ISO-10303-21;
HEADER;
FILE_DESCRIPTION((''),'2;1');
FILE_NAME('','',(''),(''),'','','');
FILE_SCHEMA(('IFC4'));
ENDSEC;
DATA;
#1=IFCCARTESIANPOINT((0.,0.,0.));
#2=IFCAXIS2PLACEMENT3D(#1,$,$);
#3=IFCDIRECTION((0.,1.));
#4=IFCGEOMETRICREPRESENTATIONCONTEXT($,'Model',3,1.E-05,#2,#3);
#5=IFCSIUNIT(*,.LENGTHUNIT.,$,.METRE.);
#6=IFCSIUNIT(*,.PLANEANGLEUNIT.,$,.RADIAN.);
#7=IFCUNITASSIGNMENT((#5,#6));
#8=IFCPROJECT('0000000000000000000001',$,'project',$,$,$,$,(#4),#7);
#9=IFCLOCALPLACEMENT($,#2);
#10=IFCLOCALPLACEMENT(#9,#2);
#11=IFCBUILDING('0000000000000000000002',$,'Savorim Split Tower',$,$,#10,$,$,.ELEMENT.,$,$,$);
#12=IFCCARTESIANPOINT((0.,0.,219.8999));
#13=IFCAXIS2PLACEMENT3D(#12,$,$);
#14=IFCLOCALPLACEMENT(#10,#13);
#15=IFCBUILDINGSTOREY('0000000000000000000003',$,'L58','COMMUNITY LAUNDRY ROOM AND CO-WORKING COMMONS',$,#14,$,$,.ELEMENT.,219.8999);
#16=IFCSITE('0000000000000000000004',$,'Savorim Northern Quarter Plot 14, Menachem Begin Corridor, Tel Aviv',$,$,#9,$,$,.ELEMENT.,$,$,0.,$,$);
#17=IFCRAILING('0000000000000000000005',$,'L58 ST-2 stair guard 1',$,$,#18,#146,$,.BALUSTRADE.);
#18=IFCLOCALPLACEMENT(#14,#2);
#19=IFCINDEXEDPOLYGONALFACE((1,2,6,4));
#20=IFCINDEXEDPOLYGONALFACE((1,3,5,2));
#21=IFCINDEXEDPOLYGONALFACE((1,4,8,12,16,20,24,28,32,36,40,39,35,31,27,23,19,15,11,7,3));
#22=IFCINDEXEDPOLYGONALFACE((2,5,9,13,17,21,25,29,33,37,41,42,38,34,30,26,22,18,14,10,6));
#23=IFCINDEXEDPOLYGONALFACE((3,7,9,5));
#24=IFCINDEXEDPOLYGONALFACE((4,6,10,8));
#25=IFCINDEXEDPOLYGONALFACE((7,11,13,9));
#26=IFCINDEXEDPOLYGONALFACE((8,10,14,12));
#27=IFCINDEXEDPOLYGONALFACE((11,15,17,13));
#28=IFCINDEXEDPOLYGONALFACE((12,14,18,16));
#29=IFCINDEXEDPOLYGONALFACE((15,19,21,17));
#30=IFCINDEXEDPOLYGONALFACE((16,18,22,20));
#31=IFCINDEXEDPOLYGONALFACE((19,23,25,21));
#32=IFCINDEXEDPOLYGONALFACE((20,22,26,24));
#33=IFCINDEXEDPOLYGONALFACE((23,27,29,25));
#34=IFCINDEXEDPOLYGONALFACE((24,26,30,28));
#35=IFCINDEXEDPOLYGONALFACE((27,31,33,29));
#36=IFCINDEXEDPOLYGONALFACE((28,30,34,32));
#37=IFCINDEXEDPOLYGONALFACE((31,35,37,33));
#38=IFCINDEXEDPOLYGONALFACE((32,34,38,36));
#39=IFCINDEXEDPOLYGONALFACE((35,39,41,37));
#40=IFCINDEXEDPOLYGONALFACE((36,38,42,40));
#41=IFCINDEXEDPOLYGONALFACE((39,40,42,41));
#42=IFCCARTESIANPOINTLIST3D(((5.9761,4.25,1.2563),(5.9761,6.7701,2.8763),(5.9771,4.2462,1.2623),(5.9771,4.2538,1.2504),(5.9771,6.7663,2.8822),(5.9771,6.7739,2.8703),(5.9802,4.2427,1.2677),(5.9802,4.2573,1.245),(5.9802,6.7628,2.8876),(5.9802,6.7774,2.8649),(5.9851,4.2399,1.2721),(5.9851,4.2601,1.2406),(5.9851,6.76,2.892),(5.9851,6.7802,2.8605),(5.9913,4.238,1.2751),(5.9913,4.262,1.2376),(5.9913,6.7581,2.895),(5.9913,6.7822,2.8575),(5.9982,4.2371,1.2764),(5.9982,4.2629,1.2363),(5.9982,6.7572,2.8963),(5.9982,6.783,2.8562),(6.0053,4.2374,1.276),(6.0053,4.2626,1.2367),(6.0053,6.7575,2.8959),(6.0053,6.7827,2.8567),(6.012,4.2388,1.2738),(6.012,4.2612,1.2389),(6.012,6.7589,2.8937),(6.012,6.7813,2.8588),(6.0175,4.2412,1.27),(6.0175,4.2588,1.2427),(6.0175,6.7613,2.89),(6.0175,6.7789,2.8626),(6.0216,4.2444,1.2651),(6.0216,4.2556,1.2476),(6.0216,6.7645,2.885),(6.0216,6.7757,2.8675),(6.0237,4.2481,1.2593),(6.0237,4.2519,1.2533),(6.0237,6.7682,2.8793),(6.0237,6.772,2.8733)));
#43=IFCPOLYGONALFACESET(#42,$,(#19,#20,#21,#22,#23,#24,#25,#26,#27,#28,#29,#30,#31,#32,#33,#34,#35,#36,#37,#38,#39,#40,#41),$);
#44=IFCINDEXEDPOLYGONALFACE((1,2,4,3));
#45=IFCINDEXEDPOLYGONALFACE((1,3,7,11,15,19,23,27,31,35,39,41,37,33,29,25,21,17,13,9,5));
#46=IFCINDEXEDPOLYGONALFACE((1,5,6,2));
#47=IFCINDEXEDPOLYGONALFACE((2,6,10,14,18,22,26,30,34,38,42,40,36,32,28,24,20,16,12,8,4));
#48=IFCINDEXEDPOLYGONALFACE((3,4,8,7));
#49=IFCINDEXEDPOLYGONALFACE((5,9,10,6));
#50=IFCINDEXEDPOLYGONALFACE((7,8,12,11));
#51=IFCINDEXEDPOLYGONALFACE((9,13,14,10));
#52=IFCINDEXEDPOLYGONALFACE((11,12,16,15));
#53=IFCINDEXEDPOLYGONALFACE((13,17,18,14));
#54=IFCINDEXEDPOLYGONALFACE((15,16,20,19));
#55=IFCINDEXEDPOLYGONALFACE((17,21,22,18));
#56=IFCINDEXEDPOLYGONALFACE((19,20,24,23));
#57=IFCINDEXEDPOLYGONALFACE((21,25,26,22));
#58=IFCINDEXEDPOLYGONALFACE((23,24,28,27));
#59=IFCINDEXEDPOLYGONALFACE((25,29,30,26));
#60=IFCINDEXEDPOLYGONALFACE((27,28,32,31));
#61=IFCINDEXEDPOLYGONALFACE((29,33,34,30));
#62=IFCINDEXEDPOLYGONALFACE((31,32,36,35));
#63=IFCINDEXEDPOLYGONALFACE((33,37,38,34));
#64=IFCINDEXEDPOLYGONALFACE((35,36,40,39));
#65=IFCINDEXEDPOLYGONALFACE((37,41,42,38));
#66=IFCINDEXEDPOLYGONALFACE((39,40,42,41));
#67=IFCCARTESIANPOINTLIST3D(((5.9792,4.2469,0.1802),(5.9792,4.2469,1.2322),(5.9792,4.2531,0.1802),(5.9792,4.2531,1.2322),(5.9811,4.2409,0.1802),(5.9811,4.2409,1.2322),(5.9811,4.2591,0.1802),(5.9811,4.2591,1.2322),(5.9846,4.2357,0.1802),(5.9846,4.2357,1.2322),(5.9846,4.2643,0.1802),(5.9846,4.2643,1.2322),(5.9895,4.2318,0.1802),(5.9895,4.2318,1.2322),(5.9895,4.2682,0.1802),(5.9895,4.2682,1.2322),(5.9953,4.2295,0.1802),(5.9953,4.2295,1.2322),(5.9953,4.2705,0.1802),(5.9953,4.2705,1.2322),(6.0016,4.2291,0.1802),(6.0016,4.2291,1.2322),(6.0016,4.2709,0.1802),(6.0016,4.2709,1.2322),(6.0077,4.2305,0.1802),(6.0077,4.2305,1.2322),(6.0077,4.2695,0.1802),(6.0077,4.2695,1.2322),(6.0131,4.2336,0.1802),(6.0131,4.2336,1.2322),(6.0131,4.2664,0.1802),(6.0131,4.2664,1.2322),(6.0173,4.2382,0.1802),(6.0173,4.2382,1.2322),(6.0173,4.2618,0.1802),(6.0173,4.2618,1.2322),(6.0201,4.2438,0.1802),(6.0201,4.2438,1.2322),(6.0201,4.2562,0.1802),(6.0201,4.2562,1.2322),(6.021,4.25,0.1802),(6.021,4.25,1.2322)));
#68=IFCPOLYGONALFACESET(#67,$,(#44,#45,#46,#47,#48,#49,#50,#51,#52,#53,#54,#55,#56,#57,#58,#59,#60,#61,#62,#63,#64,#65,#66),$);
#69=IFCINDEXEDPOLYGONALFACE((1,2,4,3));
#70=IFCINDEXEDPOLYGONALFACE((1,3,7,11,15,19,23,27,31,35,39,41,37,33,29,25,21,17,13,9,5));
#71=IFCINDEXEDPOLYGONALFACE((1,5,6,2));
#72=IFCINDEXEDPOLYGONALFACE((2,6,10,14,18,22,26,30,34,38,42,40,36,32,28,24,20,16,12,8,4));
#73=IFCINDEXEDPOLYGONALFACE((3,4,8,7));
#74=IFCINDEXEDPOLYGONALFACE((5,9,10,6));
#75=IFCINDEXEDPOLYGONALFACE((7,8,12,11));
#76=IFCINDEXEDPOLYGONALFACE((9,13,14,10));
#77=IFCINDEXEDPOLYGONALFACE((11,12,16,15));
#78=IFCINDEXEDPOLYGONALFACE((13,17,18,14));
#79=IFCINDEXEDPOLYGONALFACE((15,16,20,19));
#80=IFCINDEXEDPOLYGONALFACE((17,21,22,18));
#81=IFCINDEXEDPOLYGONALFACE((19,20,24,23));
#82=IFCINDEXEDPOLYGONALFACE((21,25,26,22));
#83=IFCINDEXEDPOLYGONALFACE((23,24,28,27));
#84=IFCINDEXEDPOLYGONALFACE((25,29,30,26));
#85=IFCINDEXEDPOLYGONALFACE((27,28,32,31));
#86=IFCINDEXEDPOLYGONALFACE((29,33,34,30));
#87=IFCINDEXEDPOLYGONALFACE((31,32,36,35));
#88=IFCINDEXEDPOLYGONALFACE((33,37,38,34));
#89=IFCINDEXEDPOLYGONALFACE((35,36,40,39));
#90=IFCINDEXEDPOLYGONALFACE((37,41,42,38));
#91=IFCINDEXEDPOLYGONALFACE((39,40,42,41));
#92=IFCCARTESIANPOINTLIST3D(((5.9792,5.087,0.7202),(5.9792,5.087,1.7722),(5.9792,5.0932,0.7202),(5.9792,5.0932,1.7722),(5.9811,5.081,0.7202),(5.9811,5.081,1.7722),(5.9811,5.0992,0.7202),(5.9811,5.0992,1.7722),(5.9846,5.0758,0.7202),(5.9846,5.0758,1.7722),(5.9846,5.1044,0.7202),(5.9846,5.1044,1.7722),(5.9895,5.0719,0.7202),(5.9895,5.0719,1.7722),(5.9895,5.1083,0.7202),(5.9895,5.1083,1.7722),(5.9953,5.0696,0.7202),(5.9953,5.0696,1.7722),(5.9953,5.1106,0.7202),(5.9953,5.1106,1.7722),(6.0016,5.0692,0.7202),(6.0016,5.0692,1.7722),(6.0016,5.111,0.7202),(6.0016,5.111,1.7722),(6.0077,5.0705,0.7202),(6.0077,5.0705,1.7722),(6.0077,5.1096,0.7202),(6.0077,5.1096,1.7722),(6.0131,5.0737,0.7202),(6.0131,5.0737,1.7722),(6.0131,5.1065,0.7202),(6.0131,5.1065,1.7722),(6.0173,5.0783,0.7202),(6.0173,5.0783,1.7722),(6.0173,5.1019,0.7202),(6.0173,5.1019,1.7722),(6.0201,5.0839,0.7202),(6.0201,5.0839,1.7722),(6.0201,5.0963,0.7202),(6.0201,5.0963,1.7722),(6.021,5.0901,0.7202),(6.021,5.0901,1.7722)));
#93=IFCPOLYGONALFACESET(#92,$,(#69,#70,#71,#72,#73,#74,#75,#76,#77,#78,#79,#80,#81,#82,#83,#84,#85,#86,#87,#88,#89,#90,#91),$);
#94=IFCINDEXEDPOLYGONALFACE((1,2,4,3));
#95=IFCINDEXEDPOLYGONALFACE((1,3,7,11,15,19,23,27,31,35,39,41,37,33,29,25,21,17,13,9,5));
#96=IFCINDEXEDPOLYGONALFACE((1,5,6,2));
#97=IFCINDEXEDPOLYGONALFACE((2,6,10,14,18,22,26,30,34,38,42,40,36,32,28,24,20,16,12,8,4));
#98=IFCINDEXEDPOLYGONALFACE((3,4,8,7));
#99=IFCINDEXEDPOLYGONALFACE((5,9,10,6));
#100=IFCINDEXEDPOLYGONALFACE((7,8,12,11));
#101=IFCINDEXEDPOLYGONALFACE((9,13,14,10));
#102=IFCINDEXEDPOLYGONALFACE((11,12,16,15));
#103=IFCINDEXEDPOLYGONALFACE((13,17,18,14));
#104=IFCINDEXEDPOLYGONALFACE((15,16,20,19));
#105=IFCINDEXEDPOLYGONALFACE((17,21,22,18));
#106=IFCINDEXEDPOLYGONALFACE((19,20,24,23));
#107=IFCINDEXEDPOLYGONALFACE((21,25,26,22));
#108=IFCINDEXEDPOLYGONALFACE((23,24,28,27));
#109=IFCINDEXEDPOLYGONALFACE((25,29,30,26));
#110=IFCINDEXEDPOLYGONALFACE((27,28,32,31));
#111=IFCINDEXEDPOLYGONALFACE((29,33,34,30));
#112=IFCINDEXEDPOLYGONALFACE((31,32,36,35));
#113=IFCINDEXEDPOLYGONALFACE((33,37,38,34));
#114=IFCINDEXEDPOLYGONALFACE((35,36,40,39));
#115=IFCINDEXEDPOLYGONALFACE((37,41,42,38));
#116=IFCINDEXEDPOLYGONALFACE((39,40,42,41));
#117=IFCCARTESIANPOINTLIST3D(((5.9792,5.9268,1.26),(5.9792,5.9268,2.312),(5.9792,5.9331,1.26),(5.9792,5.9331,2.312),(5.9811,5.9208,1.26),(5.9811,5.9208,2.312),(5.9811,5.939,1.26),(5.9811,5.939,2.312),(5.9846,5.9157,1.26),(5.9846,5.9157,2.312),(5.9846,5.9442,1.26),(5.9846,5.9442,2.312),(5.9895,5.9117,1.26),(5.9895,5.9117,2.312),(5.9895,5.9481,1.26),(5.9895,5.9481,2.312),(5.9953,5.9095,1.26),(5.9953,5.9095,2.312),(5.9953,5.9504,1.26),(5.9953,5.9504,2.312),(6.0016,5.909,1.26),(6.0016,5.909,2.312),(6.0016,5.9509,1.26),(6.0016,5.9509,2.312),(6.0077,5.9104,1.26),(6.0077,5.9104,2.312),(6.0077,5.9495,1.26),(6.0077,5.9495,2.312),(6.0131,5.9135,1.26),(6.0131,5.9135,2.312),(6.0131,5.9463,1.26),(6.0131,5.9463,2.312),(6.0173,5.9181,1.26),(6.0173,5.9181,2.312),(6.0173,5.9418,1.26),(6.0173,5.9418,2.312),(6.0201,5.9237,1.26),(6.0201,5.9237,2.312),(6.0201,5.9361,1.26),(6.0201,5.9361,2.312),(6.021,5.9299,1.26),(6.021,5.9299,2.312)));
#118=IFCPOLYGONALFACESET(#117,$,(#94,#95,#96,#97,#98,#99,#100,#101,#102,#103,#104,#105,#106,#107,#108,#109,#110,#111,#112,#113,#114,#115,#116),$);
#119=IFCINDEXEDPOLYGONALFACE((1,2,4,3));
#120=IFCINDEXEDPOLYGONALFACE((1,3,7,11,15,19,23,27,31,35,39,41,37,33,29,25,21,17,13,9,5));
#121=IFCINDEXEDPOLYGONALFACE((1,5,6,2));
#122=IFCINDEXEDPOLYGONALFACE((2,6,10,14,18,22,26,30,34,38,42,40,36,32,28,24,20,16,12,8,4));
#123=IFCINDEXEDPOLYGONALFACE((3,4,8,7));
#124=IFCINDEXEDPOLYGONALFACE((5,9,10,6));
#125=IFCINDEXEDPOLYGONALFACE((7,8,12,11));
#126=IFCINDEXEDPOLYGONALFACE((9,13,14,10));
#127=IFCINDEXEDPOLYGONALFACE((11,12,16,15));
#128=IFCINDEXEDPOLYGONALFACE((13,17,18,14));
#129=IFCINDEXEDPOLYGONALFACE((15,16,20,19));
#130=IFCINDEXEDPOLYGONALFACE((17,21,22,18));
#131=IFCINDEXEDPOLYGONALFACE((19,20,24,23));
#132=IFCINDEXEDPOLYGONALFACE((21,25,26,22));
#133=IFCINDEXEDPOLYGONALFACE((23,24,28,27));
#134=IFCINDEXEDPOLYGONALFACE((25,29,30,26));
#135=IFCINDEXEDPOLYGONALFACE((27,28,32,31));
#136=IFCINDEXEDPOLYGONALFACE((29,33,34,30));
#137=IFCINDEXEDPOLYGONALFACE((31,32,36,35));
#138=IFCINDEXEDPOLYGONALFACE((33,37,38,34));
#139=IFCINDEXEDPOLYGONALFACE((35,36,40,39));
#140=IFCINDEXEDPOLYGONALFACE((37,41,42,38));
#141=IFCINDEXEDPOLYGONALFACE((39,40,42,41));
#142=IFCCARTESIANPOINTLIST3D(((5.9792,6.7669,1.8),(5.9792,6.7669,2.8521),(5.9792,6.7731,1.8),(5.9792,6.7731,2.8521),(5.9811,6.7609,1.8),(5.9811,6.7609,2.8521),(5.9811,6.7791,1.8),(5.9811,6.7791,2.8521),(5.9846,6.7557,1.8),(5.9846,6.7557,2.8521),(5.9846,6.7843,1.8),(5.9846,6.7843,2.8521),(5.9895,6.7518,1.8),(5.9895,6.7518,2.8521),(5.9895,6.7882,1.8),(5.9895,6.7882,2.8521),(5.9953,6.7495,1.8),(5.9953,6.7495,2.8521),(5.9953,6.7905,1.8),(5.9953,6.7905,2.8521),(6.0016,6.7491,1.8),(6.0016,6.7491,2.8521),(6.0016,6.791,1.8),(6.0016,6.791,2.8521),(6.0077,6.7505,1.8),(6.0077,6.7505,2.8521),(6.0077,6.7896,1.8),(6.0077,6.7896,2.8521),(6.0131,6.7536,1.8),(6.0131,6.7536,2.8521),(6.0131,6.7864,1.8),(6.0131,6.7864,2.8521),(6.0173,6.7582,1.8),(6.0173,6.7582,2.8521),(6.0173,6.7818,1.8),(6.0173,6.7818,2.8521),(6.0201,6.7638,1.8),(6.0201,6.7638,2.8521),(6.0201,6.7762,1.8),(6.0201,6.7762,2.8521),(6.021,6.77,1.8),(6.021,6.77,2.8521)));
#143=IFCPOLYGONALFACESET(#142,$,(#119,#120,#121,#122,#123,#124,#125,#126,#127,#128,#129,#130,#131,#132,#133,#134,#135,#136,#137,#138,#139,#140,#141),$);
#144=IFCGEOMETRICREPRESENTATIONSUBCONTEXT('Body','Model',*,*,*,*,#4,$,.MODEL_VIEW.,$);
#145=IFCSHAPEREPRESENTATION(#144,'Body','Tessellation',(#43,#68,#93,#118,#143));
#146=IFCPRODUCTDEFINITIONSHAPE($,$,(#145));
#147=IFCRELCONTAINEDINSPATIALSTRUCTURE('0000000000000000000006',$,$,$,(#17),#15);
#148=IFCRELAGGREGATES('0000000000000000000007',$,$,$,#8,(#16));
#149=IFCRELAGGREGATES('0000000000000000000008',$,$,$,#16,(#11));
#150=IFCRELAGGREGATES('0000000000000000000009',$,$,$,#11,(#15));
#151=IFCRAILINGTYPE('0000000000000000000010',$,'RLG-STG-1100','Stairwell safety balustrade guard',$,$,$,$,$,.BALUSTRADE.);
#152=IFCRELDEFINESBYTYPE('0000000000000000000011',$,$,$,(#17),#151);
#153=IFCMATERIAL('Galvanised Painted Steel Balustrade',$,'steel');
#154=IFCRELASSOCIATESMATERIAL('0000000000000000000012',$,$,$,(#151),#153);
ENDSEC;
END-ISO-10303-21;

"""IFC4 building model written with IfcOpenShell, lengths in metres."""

from ifc_helpers import new_model, si_unit, direction, frame, origin, origin_2d, place, context, subcontext, project, spatial, circle, extrude, material, type_object, element, save


model = new_model("IFC4")

# Units and contexts
model_context = context("Model", 3, precision=1e-05, world=origin(), true_north=direction((0.0, 1.0)))
body_context = subcontext(model_context, "Body", "Model", "MODEL_VIEW")
ifc_project = project(units=[si_unit("LENGTHUNIT", "METRE"), si_unit("PLANEANGLEUNIT", "RADIAN")], contexts=[model_context])

# Site, building, storey
site_placement = place(None, origin())
site = spatial("IfcSite", under=ifc_project, at=site_placement, Name="Savorim Northern Quarter Plot 14, Menachem Begin Corridor, Tel Aviv", CompositionType="ELEMENT", RefElevation=0.0)
building_placement = place(site_placement, origin())
building = spatial("IfcBuilding", under=site, at=building_placement, Name="Savorim Split Tower", CompositionType="ELEMENT")
storey_placement = place(building_placement, frame((0.0, 0.0, 219.8999)))
storey = spatial("IfcBuildingStorey", under=building, at=storey_placement, Name="L58", Description="COMMUNITY LAUNDRY ROOM AND CO-WORKING COMMONS", CompositionType="ELEMENT", Elevation=219.8999)

# Railing
ifc_material_1 = material(Name="Galvanised Painted Steel Balustrade", Category="steel")
railing_type_1 = type_object("IfcRailingType", Name="RLG-STG-1100", Description="Stairwell safety balustrade guard", PredefinedType="BALUSTRADE", material=ifc_material_1)
railing_1_placement = place(storey_placement, frame((6.0, 4.25, 0.1802)))
element("IfcRailing", 1, at=railing_1_placement, inside=storey, type_object=railing_type_1, Name="L58 ST-2 stair guard 1", PredefinedType="BALUSTRADE", context=body_context, shape_type="SweptSolid", body=[
    extrude(circle(Radius=0.0239, at=origin_2d()), frame((0.0, 0.0, 1.0762), z_axis=(0.0, 0.8412, 0.540725), x_axis=(-1.0, 0.0, 0.0)), (0.0, 0.0, 1.0), 2.9958),
    extrude(circle(Radius=0.021, at=origin_2d()), origin(), (0.0, 0.0, 1.0), 1.052),
    extrude(circle(Radius=0.021, at=origin_2d()), frame((0.0, 0.8401, 0.54)), (0.0, 0.0, 1.0), 1.052),
    extrude(circle(Radius=0.021, at=origin_2d()), frame((0.0, 1.6799, 1.0798)), (0.0, 0.0, 1.0), 1.052),
    extrude(circle(Radius=0.021, at=origin_2d()), frame((0.0, 2.52, 1.6199)), (0.0, 0.0, 1.0), 1.052),
])

save(model, "model.ifc")
